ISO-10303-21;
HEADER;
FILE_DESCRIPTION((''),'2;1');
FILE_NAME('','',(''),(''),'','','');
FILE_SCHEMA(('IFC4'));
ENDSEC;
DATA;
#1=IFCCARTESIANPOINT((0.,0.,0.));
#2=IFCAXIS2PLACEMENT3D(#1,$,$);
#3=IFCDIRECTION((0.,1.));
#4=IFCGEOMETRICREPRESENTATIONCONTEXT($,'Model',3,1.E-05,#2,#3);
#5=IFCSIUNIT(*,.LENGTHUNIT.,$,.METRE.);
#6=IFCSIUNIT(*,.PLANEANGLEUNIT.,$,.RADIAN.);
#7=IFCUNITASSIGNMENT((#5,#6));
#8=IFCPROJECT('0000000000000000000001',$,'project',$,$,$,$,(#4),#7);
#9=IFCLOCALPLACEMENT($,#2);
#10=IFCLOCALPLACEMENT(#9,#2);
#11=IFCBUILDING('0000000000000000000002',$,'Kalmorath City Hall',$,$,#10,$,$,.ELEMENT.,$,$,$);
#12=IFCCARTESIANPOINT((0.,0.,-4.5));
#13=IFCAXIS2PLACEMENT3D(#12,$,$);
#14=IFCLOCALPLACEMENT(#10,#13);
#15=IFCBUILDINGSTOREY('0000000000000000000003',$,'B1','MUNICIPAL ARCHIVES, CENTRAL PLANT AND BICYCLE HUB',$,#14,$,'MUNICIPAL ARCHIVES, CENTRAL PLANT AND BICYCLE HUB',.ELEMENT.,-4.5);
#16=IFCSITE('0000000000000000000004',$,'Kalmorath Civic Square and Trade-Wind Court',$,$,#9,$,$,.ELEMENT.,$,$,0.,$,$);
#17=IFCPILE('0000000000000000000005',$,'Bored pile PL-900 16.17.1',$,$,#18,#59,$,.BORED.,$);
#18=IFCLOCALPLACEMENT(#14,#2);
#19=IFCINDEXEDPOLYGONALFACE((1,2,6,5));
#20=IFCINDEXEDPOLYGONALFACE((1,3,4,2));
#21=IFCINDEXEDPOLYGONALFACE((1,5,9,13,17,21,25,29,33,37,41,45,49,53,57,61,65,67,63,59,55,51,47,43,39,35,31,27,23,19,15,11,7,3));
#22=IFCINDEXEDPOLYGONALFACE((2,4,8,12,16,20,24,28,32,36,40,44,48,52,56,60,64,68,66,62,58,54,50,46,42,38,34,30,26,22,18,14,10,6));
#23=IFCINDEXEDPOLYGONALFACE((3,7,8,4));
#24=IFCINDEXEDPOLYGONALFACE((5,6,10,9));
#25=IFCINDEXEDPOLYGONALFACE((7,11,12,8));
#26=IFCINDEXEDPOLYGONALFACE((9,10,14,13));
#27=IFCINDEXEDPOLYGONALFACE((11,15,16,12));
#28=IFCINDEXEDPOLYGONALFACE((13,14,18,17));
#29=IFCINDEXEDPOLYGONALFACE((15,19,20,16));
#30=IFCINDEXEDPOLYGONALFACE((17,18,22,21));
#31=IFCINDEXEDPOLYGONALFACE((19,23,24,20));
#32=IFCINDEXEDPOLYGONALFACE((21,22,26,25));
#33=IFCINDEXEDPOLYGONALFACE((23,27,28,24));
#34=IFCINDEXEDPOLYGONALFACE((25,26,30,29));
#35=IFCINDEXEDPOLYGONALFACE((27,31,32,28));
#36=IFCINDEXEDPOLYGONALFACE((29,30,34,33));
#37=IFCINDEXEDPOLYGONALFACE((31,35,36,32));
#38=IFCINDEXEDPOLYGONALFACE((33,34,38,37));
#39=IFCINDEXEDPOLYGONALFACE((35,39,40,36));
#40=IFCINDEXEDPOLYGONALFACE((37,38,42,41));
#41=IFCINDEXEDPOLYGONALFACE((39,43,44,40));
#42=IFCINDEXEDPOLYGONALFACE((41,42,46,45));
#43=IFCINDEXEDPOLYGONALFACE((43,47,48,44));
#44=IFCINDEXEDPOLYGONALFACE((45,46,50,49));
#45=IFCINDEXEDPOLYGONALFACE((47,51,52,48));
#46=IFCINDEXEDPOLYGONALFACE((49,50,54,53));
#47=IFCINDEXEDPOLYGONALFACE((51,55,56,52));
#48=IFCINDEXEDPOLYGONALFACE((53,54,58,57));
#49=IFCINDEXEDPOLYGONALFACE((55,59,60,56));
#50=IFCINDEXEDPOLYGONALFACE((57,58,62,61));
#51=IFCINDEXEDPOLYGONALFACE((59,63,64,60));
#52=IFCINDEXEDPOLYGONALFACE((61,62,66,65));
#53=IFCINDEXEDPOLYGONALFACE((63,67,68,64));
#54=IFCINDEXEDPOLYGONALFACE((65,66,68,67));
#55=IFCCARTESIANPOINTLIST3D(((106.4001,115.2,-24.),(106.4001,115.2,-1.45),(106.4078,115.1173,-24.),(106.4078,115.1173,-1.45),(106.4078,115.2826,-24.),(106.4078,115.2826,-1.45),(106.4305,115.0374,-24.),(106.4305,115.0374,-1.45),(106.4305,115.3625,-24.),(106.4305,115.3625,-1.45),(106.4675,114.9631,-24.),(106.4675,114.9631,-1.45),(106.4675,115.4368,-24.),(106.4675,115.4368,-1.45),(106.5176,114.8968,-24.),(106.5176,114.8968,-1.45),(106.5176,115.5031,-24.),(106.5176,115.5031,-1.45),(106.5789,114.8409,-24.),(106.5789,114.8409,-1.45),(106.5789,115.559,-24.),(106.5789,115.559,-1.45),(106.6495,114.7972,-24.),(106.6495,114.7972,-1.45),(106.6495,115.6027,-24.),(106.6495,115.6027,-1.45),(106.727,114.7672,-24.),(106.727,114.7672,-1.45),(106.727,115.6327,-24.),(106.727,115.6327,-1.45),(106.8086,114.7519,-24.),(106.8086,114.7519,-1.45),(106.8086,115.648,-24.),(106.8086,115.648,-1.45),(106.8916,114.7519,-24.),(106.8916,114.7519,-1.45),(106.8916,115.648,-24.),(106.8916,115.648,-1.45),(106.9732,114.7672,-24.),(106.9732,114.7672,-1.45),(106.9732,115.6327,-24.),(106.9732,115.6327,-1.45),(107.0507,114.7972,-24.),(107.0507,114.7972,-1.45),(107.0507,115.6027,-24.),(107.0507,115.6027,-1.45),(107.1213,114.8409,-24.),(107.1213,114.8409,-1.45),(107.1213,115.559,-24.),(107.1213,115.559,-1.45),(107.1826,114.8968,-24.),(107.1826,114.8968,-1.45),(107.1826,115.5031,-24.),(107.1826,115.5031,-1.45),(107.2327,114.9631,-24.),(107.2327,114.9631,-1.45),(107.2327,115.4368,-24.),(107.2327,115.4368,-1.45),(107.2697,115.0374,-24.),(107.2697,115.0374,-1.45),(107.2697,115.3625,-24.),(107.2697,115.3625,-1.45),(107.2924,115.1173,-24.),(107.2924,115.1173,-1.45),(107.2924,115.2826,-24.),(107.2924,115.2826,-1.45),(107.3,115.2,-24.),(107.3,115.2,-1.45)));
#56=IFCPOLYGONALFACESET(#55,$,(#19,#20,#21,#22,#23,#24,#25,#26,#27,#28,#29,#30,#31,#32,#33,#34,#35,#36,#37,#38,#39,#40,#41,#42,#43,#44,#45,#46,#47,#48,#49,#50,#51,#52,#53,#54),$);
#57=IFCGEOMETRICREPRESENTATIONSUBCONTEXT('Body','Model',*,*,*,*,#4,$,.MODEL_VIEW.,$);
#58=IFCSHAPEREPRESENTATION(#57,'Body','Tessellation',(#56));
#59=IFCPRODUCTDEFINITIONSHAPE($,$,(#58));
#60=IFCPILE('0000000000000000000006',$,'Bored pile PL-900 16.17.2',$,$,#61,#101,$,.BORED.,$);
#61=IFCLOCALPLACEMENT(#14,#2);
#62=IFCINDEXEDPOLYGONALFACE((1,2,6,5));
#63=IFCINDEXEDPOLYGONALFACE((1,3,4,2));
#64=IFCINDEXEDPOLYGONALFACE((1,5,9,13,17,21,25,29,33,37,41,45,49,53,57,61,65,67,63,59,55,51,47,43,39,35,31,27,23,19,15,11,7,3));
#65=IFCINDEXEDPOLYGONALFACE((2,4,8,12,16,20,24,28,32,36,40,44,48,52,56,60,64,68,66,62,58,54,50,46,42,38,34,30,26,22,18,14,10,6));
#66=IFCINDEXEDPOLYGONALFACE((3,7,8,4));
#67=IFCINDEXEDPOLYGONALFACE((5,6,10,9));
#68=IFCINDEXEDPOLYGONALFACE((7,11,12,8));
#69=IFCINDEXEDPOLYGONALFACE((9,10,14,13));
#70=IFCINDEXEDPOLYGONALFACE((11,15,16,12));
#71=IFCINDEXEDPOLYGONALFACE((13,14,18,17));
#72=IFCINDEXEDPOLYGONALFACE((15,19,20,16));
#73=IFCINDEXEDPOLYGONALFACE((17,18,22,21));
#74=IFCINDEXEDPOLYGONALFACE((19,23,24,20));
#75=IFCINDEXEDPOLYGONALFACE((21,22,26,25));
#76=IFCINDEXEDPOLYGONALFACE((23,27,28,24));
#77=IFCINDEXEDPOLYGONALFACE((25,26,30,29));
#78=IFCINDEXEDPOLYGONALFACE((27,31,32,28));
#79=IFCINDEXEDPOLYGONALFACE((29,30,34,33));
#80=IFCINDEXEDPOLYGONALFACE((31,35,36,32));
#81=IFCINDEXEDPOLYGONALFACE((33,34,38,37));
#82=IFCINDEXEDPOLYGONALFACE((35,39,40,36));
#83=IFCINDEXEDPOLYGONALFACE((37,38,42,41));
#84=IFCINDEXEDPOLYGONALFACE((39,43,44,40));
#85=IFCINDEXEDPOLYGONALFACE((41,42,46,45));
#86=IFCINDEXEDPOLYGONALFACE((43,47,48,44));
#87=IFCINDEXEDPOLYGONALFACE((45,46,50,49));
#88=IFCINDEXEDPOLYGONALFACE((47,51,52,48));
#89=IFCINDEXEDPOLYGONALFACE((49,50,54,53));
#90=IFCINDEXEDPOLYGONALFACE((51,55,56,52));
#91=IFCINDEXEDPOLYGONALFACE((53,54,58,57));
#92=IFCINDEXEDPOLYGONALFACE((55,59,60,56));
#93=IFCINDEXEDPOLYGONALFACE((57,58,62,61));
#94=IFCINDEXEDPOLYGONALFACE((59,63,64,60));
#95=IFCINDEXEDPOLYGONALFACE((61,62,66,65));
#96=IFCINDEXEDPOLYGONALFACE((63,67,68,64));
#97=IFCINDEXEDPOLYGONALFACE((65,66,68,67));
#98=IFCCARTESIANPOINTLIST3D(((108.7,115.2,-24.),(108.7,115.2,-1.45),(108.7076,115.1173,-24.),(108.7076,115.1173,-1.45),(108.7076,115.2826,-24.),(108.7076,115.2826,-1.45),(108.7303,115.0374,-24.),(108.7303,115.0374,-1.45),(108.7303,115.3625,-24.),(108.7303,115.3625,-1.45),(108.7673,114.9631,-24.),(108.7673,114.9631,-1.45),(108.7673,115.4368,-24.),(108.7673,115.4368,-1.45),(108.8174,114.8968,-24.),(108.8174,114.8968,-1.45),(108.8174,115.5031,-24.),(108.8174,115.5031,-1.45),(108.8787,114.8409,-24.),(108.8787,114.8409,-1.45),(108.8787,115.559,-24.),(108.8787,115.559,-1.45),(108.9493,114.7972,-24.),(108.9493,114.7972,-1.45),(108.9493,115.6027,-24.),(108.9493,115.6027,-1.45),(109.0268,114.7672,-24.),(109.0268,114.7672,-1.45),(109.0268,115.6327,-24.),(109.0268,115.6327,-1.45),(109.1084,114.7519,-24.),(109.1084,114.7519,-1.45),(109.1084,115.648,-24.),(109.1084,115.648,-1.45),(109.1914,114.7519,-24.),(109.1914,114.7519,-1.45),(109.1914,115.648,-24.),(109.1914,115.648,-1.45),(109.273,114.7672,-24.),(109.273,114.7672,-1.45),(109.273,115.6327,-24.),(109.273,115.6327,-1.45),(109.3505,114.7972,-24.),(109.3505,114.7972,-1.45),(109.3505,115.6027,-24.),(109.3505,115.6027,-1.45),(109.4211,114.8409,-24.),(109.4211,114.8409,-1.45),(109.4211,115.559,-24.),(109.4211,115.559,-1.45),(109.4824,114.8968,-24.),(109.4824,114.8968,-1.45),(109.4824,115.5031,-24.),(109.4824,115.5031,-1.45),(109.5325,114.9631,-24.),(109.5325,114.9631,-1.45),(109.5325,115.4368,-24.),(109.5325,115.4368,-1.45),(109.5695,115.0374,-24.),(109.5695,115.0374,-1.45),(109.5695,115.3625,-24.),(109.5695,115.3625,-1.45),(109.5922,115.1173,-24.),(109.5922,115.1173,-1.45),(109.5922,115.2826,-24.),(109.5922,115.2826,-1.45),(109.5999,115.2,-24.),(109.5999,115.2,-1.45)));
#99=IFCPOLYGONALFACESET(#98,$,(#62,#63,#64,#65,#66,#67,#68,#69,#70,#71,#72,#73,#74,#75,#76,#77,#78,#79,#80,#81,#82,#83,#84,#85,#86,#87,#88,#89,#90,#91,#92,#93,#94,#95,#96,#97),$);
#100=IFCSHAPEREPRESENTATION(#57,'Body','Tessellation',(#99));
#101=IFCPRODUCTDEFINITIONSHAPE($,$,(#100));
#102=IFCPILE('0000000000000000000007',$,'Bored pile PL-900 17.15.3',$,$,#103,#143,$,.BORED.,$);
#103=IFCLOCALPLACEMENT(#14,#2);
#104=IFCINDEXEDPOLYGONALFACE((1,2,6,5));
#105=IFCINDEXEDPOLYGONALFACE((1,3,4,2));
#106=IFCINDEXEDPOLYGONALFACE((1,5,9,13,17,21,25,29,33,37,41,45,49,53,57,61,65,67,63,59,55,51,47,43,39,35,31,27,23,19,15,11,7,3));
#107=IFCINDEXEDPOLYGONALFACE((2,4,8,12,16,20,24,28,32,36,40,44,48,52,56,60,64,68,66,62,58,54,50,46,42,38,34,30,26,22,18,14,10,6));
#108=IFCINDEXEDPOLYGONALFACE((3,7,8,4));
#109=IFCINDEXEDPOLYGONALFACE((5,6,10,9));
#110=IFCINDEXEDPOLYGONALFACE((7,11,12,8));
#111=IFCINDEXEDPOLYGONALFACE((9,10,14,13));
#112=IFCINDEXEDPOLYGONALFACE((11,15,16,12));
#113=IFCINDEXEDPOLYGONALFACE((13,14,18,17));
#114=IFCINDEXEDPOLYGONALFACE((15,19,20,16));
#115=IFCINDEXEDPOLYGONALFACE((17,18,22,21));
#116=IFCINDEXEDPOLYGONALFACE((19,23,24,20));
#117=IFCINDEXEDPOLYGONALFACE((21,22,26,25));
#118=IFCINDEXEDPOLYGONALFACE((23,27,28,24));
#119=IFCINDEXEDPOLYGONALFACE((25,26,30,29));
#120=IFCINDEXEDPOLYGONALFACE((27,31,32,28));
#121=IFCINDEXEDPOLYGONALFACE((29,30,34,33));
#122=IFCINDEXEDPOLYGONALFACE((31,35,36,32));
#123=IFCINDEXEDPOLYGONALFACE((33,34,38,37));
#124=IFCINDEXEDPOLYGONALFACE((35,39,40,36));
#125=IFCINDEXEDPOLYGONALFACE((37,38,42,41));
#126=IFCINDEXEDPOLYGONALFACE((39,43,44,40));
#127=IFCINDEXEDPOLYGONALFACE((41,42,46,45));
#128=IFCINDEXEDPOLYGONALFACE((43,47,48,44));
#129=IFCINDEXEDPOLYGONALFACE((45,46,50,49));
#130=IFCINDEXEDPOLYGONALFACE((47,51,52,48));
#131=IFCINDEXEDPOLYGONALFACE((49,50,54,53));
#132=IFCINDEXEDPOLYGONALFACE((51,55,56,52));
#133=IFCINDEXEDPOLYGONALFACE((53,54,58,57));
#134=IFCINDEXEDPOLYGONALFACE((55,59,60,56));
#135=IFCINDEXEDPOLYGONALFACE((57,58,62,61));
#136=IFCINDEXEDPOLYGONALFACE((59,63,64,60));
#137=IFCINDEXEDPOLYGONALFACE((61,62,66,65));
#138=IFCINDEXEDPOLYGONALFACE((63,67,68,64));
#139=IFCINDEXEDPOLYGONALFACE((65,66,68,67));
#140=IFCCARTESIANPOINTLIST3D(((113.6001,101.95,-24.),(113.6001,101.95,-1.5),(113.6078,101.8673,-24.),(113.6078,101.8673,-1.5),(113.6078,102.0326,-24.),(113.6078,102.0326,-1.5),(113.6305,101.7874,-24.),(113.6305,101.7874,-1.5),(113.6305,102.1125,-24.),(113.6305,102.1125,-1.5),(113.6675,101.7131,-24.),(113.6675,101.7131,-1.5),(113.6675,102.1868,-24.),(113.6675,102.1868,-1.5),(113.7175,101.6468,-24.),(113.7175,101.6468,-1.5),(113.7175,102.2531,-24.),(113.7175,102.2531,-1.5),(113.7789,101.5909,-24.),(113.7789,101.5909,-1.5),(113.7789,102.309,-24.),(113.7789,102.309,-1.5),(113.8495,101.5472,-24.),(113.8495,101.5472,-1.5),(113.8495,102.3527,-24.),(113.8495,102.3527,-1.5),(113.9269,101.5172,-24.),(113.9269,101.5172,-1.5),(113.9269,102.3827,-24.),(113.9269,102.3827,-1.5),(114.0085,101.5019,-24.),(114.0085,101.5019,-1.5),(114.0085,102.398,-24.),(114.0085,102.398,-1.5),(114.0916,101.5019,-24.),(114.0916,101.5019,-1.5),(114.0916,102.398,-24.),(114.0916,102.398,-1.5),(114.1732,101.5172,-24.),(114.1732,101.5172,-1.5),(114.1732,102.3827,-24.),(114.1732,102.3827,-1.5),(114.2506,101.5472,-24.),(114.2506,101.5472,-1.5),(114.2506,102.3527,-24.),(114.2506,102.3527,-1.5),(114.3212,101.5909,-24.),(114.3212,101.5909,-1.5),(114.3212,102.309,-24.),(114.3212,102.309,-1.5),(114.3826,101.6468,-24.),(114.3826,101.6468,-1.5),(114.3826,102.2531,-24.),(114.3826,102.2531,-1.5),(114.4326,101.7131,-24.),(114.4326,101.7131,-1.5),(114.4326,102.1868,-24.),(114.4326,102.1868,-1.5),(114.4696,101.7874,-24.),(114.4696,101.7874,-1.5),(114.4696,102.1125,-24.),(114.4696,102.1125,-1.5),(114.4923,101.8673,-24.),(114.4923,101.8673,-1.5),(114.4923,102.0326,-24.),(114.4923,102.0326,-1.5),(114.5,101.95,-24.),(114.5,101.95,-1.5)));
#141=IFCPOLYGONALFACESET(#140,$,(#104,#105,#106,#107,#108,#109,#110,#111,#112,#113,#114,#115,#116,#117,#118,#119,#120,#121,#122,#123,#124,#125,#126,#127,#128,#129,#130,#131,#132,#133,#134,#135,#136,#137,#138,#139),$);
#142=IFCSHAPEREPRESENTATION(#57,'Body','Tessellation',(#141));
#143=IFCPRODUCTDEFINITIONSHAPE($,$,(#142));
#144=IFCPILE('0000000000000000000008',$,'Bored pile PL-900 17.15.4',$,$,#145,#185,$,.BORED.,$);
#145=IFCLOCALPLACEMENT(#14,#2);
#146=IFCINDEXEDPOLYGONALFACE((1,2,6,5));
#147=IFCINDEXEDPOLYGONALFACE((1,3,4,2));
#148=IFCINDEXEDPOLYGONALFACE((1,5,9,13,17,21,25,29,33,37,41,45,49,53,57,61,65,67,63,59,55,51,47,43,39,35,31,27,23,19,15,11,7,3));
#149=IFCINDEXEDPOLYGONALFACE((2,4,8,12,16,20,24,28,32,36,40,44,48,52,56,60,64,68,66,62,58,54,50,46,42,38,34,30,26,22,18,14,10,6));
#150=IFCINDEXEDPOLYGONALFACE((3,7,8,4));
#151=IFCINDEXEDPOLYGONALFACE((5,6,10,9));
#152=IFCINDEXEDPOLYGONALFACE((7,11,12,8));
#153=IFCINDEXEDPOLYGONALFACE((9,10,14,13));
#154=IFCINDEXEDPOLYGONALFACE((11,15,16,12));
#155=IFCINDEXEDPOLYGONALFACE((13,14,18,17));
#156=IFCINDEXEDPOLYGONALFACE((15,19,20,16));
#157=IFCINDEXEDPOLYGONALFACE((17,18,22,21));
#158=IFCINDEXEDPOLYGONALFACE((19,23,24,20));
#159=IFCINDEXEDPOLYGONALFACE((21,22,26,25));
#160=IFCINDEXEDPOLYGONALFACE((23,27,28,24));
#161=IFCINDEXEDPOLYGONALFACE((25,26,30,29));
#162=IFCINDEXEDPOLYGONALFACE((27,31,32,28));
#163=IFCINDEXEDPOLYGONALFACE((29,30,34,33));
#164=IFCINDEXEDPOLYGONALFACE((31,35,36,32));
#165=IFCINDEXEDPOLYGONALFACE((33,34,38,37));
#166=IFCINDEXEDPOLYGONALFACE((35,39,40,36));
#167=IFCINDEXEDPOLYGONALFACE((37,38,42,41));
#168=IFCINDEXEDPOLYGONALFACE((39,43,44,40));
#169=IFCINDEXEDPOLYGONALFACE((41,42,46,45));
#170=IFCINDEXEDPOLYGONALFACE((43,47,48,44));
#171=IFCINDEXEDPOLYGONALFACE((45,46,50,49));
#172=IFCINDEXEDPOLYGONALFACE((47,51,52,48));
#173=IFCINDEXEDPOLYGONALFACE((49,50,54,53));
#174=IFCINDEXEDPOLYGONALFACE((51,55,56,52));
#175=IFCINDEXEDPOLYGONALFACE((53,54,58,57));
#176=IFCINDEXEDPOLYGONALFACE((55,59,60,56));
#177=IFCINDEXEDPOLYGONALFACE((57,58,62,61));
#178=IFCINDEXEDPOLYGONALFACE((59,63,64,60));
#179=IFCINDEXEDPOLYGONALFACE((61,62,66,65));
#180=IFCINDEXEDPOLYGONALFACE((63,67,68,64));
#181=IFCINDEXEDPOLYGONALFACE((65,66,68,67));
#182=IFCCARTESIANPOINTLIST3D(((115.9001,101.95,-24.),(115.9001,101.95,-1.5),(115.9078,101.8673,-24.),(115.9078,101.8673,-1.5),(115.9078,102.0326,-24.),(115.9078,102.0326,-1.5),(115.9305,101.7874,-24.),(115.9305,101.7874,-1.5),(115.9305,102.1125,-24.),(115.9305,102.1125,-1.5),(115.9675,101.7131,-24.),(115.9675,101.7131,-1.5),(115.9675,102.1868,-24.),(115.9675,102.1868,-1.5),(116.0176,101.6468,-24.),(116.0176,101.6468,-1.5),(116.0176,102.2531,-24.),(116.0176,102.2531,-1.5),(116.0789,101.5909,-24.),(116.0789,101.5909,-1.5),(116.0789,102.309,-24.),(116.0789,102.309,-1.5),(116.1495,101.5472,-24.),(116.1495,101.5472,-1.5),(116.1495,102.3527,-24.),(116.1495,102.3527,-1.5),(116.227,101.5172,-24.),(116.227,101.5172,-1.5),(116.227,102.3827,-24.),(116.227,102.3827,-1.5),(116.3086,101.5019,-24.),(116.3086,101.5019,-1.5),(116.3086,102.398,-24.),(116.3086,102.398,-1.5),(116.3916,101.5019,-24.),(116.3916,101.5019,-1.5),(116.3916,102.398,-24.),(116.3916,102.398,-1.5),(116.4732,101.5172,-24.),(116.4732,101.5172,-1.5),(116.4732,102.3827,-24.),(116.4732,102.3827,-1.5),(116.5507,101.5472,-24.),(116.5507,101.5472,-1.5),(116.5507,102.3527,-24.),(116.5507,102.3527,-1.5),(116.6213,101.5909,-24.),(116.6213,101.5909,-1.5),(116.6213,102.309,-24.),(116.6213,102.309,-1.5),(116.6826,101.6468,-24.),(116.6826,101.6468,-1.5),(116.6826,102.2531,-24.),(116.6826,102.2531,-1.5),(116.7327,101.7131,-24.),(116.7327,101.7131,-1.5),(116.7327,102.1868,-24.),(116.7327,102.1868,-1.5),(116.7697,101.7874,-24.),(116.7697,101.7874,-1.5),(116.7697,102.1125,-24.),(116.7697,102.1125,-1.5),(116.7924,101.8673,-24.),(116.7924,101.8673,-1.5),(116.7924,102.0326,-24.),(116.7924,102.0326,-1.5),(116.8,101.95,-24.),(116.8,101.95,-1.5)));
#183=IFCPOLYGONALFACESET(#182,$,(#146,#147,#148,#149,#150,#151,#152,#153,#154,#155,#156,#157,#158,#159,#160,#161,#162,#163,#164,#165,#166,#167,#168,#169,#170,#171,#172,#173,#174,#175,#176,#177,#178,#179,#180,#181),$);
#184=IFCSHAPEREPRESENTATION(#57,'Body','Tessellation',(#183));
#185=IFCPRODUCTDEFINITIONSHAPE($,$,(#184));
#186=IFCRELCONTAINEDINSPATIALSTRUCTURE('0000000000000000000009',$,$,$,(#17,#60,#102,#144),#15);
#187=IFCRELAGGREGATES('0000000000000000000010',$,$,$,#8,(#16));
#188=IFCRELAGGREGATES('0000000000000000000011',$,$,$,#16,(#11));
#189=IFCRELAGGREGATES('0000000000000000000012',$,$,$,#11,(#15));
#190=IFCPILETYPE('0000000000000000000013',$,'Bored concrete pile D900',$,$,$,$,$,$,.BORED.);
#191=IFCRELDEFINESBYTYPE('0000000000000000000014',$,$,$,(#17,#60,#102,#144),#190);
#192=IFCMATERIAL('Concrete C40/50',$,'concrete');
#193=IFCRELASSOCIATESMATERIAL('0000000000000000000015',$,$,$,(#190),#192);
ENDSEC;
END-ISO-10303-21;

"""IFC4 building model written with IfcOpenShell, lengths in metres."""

from ifc_helpers import new_model, si_unit, direction, frame, origin, origin_2d, place, context, subcontext, project, spatial, circle, extrude, material, material_profile, profile_set, type_object, element, save


model = new_model("IFC4")

# Units and contexts
model_context = context("Model", 3, precision=1e-05, world=origin(), true_north=direction((0.0, 1.0)))
body_context = subcontext(model_context, "Body", "Model", "MODEL_VIEW")
ifc_project = project(units=[si_unit("LENGTHUNIT", "METRE"), si_unit("PLANEANGLEUNIT", "RADIAN")], contexts=[model_context])

# Site, building, storey
site_placement = place(None, origin())
site = spatial("IfcSite", under=ifc_project, at=site_placement, Name="Kalmorath Civic Square and Trade-Wind Court", CompositionType="ELEMENT", RefElevation=0.0)
building_placement = place(site_placement, origin())
building = spatial("IfcBuilding", under=site, at=building_placement, Name="Kalmorath City Hall", CompositionType="ELEMENT")
storey_placement = place(building_placement, frame((0.0, 0.0, -4.5)))
storey = spatial("IfcBuildingStorey", under=building, at=storey_placement, Name="B1", Description="MUNICIPAL ARCHIVES, CENTRAL PLANT AND BICYCLE HUB", LongName="MUNICIPAL ARCHIVES, CENTRAL PLANT AND BICYCLE HUB", CompositionType="ELEMENT", Elevation=-4.5)

# Piles
ifc_material_1 = material(Name="Concrete C40/50", Category="concrete")
ifc_material_profile_1 = material_profile(ifc_material_1, circle(Radius=0.45, at=origin_2d()), Name="PILE-D900")
ifc_profile_set_1 = profile_set([ifc_material_profile_1], Name="Concrete C40/50")
pile_type = type_object("IfcPileType", Name="Bored concrete pile D900", PredefinedType="BORED", material=ifc_profile_set_1)
for number, where, z_axis, x_axis, name in (
    (1, (106.8501, 115.2, -1.45), (0.0, 0.0, -1.0), (1.0, 0.0, 0.0), "Bored pile PL-900 16.17.1"),
    (2, (109.1499, 115.2, -1.45), (0.0, 0.0, -1.0), (1.0, 0.0, 0.0), "Bored pile PL-900 16.17.2"),
):
    element("IfcPile", number, at=place(storey_placement, frame(where, z_axis=z_axis, x_axis=x_axis)), inside=storey, type_object=pile_type, Name=name, PredefinedType="BORED", context=body_context, shape_type="SweptSolid", body=[
        extrude(circle(Radius=0.45, at=origin_2d()), origin(), (0.0, 0.0, 1.0), 22.55),
    ])
for number, where, z_axis, x_axis, name in (
    (3, (114.05, 101.95, -1.5), (0.0, 0.0, -1.0), (1.0, 0.0, 0.0), "Bored pile PL-900 17.15.3"),
    (4, (116.3501, 101.95, -1.5), (0.0, 0.0, -1.0), (1.0, 0.0, 0.0), "Bored pile PL-900 17.15.4"),
):
    element("IfcPile", number, at=place(storey_placement, frame(where, z_axis=z_axis, x_axis=x_axis)), inside=storey, type_object=pile_type, Name=name, PredefinedType="BORED", context=body_context, shape_type="SweptSolid", body=[
        extrude(circle(Radius=0.45, at=origin_2d()), origin(), (0.0, 0.0, 1.0), 22.5),
    ])

save(model, "model.ifc")
